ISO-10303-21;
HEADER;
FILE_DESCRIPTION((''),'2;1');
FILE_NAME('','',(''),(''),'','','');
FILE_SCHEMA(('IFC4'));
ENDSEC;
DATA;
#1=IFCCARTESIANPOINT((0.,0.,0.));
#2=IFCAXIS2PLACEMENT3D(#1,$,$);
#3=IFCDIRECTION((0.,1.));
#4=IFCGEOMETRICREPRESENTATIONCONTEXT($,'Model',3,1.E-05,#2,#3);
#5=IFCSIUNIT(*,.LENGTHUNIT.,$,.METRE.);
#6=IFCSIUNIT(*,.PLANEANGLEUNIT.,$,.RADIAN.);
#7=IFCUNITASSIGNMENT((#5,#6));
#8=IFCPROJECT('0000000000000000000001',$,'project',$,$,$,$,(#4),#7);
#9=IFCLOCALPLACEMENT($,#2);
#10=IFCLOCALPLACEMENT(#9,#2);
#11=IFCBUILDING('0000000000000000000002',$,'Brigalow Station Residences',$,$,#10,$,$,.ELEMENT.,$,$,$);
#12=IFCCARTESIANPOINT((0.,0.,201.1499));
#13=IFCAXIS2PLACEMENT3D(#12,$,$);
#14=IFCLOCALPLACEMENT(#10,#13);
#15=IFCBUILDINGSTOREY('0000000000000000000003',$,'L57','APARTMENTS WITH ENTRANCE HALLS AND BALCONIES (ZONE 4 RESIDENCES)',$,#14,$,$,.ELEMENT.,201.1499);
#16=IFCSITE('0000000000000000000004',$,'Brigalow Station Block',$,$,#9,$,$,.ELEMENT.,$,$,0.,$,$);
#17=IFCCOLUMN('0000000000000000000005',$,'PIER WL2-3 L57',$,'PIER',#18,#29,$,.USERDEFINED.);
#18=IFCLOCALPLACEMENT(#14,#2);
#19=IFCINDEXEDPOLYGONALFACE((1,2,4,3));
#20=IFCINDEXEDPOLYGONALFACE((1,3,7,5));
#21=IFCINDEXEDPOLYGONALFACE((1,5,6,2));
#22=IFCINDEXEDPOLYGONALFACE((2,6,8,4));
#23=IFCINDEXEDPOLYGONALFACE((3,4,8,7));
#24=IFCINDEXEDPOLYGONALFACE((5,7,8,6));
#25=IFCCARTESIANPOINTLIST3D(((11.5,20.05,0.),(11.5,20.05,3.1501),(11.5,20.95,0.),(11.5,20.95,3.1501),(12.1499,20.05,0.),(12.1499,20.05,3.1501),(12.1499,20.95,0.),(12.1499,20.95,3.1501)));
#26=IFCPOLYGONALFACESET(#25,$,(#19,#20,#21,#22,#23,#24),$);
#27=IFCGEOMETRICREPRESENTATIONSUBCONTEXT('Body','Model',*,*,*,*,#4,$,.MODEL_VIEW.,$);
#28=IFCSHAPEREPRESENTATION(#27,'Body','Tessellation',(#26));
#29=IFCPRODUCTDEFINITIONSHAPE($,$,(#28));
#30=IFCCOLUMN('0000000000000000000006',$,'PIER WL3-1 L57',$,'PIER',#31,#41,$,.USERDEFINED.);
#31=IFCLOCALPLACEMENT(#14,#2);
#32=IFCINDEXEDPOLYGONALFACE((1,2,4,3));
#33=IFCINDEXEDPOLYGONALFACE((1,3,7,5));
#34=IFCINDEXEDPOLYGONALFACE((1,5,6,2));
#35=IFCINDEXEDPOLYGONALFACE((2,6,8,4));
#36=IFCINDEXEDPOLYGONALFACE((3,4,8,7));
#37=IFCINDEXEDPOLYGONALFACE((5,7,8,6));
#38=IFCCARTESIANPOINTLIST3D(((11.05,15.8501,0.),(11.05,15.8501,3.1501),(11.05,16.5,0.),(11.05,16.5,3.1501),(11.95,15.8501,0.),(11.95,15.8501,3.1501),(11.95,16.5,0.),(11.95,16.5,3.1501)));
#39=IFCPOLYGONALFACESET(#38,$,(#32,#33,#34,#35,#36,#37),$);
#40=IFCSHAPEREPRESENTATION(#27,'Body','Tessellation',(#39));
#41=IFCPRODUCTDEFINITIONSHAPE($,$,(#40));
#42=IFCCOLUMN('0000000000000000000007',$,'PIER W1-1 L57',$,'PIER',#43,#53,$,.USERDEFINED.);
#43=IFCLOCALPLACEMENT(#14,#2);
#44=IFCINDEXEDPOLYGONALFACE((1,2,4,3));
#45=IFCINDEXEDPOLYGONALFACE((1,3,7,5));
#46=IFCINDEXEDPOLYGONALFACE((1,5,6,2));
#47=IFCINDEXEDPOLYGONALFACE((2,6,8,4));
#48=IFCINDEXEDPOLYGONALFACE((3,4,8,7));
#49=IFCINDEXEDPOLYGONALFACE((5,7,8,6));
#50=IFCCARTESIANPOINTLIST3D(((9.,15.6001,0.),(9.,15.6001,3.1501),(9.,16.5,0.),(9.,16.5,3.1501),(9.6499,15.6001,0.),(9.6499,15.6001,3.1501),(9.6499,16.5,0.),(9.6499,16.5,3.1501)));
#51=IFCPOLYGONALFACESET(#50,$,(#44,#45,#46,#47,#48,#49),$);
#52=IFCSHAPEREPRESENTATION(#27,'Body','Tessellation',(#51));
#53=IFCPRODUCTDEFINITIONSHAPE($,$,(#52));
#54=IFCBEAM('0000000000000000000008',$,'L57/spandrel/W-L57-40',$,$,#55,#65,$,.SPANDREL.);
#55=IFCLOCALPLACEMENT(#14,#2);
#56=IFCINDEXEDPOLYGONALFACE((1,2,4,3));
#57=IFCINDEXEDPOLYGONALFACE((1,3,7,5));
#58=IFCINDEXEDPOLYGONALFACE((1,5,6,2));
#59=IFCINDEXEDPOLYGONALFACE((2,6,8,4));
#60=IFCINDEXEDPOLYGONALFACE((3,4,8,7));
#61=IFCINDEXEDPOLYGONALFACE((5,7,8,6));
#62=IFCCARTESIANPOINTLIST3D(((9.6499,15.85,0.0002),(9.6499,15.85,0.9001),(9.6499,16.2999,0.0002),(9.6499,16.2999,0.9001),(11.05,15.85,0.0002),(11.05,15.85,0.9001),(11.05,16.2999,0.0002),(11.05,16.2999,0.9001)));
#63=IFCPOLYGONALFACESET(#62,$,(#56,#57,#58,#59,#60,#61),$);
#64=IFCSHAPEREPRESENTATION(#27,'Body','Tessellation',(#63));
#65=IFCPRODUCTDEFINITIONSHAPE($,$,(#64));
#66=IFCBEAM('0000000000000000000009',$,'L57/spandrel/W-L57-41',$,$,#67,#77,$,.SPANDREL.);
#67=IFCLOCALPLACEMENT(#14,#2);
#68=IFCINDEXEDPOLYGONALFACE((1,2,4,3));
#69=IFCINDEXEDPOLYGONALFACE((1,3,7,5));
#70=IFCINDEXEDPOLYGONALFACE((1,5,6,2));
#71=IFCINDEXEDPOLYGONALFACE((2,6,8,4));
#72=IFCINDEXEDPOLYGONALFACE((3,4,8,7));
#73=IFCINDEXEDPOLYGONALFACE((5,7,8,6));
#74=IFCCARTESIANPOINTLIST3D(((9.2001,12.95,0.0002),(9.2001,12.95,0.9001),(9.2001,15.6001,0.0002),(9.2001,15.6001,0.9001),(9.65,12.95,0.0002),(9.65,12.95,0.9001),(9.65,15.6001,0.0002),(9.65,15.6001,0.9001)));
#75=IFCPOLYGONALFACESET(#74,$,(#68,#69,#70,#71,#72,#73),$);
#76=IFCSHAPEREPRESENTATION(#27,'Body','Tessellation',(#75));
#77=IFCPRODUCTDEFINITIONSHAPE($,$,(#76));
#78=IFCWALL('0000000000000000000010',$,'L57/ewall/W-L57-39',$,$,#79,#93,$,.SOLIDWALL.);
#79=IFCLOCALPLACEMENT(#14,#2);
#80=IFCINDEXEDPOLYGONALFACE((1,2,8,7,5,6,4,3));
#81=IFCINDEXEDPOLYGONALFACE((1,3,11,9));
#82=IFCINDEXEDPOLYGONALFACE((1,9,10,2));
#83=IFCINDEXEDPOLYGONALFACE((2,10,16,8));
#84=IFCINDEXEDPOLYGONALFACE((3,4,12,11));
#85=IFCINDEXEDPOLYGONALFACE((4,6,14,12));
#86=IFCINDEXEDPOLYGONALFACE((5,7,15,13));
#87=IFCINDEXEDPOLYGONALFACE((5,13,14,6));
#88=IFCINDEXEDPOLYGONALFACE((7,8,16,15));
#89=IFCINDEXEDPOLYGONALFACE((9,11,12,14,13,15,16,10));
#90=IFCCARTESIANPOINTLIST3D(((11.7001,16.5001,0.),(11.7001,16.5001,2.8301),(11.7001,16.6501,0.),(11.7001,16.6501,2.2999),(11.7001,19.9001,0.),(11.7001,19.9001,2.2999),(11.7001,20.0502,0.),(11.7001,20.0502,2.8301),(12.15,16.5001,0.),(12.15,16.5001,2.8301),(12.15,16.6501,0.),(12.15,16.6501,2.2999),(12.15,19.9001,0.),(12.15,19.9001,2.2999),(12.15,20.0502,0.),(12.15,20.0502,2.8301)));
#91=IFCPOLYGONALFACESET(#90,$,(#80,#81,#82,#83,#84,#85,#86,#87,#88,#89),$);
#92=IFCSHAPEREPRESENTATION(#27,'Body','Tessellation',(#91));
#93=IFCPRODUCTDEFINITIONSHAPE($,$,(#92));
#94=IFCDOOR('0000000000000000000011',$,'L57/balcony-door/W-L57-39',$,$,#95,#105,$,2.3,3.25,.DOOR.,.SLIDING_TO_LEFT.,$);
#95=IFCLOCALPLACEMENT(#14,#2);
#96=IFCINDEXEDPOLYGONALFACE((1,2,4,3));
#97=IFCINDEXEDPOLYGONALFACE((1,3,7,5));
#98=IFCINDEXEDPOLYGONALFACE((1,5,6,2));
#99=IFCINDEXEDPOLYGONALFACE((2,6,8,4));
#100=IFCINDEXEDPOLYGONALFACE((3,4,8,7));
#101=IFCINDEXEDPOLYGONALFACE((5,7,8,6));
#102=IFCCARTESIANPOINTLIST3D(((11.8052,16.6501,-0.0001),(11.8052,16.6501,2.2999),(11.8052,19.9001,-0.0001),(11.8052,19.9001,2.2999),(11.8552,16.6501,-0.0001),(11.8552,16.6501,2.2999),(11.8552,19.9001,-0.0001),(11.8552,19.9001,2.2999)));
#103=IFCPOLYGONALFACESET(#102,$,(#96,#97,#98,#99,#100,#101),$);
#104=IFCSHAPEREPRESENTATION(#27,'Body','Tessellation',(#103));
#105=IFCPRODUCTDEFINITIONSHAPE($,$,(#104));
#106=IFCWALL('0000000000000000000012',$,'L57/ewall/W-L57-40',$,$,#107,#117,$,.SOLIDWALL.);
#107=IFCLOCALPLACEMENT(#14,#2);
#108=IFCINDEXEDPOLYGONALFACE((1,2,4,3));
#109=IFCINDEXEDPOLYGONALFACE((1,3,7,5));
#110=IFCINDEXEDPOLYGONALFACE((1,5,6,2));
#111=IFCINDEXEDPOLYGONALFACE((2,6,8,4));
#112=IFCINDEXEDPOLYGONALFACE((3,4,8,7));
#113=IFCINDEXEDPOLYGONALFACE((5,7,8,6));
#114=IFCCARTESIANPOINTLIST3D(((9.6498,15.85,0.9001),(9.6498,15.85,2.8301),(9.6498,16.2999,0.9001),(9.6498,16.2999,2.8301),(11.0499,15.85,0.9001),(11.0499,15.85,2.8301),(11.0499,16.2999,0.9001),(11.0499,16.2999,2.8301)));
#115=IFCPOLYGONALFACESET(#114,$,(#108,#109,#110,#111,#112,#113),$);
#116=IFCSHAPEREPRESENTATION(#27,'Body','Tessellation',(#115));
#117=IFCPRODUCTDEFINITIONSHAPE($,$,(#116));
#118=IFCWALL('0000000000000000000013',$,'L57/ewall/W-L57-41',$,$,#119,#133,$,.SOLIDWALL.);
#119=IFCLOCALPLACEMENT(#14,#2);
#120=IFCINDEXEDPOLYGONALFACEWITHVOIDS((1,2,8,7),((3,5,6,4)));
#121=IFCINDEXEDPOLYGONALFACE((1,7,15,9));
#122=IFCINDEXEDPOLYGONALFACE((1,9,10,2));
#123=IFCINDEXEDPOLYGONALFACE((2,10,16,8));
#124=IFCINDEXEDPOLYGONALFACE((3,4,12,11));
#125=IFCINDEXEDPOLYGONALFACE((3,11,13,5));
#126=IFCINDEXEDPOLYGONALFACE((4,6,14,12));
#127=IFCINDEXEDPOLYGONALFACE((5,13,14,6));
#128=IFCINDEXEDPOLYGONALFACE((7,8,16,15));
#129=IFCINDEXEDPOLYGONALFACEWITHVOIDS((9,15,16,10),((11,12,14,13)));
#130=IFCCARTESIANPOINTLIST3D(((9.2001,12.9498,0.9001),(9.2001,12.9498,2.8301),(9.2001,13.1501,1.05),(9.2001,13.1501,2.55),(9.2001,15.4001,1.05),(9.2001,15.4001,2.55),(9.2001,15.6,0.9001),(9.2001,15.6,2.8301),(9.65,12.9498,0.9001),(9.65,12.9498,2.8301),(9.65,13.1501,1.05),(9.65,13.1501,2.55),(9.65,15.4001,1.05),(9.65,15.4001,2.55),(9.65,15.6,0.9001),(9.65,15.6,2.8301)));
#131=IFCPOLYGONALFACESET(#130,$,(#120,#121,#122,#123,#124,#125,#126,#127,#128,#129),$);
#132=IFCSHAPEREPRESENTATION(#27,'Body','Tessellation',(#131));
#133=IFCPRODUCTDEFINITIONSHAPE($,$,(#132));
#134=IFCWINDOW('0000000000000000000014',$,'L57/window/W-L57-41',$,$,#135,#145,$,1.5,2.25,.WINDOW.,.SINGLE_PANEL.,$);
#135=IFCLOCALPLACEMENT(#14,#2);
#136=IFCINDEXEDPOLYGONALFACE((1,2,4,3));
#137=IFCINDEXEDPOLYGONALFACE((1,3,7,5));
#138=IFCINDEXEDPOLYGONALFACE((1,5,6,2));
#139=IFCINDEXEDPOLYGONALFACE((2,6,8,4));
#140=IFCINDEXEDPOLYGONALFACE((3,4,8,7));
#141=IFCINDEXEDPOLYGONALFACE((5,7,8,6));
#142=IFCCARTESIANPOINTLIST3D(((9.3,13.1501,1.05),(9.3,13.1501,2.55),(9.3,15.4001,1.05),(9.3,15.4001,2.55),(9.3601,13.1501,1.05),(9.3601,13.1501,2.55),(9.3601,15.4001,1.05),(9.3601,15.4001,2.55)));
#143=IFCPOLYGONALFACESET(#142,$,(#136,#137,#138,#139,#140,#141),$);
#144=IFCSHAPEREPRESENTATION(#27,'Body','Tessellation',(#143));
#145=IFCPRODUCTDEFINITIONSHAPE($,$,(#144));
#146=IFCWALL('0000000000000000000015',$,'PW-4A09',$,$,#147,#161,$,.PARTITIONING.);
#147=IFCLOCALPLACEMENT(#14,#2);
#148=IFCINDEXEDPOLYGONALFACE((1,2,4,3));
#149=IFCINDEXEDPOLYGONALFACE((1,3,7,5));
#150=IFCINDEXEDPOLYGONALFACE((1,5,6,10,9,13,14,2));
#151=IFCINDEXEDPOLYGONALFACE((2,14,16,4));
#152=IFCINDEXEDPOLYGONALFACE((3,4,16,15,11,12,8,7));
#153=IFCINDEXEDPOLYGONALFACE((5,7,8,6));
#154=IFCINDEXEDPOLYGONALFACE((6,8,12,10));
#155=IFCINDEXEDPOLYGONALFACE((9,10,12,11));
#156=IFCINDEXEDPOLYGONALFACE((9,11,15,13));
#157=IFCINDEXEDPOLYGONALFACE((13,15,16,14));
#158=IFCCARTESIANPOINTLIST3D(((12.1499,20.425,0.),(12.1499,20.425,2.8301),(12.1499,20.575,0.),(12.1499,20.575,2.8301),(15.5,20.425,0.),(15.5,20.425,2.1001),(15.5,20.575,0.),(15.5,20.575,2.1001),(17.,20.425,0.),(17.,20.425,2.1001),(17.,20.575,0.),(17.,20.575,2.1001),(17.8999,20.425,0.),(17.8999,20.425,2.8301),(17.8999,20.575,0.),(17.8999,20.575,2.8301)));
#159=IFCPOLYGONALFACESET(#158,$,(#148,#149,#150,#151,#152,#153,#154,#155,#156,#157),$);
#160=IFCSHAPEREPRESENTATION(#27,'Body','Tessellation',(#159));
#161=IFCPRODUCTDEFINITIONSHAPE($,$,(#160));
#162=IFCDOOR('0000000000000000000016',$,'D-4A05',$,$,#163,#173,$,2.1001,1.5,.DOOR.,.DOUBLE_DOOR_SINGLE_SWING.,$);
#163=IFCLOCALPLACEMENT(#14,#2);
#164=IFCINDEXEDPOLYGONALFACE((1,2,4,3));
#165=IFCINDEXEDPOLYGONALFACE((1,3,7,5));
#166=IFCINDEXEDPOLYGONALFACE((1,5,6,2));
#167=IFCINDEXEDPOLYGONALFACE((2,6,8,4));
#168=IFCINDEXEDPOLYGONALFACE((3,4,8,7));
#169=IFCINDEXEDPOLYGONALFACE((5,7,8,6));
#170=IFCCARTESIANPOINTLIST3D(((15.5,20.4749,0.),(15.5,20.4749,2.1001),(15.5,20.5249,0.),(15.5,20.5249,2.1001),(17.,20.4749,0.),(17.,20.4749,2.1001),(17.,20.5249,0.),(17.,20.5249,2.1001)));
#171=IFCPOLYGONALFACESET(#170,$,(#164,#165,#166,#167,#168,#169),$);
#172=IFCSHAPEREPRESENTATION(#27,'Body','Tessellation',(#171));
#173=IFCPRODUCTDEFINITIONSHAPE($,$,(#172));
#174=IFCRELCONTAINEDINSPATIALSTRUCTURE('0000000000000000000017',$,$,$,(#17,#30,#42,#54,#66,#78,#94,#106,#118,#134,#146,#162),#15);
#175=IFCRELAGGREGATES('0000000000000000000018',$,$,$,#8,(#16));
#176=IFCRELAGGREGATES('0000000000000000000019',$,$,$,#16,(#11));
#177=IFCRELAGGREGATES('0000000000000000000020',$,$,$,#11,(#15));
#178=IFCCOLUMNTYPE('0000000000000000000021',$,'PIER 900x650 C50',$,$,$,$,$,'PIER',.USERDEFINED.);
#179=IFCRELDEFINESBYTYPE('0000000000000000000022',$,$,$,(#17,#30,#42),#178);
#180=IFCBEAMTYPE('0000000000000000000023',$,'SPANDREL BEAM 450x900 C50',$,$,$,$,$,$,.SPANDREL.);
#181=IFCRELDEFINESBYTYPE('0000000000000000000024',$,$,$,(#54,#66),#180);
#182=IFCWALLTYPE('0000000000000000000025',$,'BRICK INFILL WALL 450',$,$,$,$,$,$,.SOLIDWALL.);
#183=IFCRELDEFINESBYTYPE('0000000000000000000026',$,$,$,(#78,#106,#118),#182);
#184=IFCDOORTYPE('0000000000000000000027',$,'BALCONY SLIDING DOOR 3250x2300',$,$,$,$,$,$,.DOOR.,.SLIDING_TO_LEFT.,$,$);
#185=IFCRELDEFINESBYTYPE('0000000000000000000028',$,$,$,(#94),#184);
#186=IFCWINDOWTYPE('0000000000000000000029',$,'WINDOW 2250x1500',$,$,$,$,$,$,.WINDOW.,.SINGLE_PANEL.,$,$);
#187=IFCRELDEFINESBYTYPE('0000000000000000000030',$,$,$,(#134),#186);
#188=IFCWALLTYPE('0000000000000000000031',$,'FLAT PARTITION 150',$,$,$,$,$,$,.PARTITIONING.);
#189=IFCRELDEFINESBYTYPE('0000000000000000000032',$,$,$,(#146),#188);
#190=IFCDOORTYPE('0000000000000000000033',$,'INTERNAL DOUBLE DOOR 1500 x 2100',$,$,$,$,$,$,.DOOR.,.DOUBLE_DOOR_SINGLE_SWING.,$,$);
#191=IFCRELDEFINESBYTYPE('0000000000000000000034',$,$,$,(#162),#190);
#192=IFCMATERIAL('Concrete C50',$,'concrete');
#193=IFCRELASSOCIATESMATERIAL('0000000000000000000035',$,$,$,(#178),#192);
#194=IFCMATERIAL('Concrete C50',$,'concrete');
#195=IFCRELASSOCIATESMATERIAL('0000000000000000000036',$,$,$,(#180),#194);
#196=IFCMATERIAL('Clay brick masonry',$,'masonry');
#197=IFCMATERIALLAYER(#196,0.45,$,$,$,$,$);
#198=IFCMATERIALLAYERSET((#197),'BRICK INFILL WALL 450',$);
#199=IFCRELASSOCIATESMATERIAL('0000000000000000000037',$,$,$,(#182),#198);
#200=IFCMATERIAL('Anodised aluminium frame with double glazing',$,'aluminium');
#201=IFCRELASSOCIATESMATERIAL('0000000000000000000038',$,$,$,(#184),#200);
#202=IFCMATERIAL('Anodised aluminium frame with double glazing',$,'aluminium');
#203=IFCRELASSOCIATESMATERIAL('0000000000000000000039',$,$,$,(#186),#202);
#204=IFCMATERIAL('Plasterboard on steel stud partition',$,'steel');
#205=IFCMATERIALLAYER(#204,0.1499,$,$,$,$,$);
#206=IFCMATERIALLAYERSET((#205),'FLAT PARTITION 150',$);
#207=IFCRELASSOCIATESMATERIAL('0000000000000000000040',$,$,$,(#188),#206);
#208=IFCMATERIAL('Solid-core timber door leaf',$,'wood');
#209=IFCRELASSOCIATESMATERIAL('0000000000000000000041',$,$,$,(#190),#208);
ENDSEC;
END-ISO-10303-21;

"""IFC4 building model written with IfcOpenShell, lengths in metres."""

from ifc_helpers import new_model, si_unit, direction, frame, frame_2d, origin, origin_2d, place, context, subcontext, project, spatial, rectangle, extrude, material, layer, layer_set, material_profile, profile_set, type_object, element, fill, save


model = new_model("IFC4")

# Units and contexts
model_context = context("Model", 3, precision=1e-05, world=origin(), true_north=direction((0.0, 1.0)))
body_context = subcontext(model_context, "Body", "Model", "MODEL_VIEW")
ifc_project = project(units=[si_unit("LENGTHUNIT", "METRE"), si_unit("PLANEANGLEUNIT", "RADIAN")], contexts=[model_context])

# Site, building, storey
site_placement = place(None, origin())
site = spatial("IfcSite", under=ifc_project, at=site_placement, Name="Brigalow Station Block", CompositionType="ELEMENT", RefElevation=0.0)
building_placement = place(site_placement, origin())
building = spatial("IfcBuilding", under=site, at=building_placement, Name="Brigalow Station Residences", CompositionType="ELEMENT")
storey_placement = place(building_placement, frame((0.0, 0.0, 201.1499)))
storey = spatial("IfcBuildingStorey", under=building, at=storey_placement, Name="L57", Description="APARTMENTS WITH ENTRANCE HALLS AND BALCONIES (ZONE 4 RESIDENCES)", CompositionType="ELEMENT", Elevation=201.1499)

# Columns
ifc_material_1 = material(Name="Concrete C50", Category="concrete")
ifc_material_profile_1 = material_profile(ifc_material_1, rectangle(XDim=0.8999, YDim=0.6499, at=origin_2d()), Name="RC900x650")
ifc_profile_set_1 = profile_set([ifc_material_profile_1], Name="Concrete C50")
column_type = type_object("IfcColumnType", Name="PIER 900x650 C50", ElementType="PIER", PredefinedType="USERDEFINED", material=ifc_profile_set_1)
for number, where, z_axis, x_axis, name in (
    (1, (11.825, 20.5, 0.0), (0.0, 0.0, 1.0), (0.0, -1.0, 0.0), "PIER WL2-3 L57"),
    (2, (11.5, 16.175, 0.0), (0.0, 0.0, 1.0), (-1.0, 0.0, 0.0), "PIER WL3-1 L57"),
    (3, (9.325, 16.05, 0.0), (0.0, 0.0, 1.0), (0.0, -1.0, 0.0), "PIER W1-1 L57"),
):
    element("IfcColumn", number, at=place(storey_placement, frame(where, z_axis=z_axis, x_axis=x_axis)), inside=storey, type_object=column_type, Name=name, ObjectType="PIER", PredefinedType="USERDEFINED", context=body_context, shape_type="SweptSolid", body=[
        extrude(rectangle(XDim=0.8999, YDim=0.6499, at=origin_2d()), origin(), (0.0, 0.0, 1.0), 3.1501),
    ])

# Beams
ifc_material_2 = material(Name="Concrete C50", Category="concrete")
ifc_material_profile_2 = material_profile(ifc_material_2, rectangle(XDim=0.45, YDim=0.8999, at=origin_2d()), Name="RC450x900")
ifc_profile_set_2 = profile_set([ifc_material_profile_2], Name="Concrete C50")
beam_type = type_object("IfcBeamType", Name="SPANDREL BEAM 450x900 C50", PredefinedType="SPANDREL", material=ifc_profile_set_2)
beam_1_placement = place(storey_placement, frame((11.05, 16.075, 0.4502), z_axis=(-1.0, 0.0, 0.0), x_axis=(0.0, -1.0, 0.0)))
element("IfcBeam", 4, at=beam_1_placement, inside=storey, type_object=beam_type, Name="L57/spandrel/W-L57-40", PredefinedType="SPANDREL", context=body_context, shape_type="SweptSolid", body=[
    extrude(rectangle(XDim=0.45, YDim=0.8999, at=origin_2d()), origin(), (0.0, 0.0, 1.0), 1.4001),
])
beam_2_placement = place(storey_placement, frame((9.425, 15.6001, 0.4502), z_axis=(0.0, -1.0, 0.0), x_axis=(1.0, 0.0, 0.0)))
element("IfcBeam", 5, at=beam_2_placement, inside=storey, type_object=beam_type, Name="L57/spandrel/W-L57-41", PredefinedType="SPANDREL", context=body_context, shape_type="SweptSolid", body=[
    extrude(rectangle(XDim=0.45, YDim=0.8999, at=origin_2d()), origin(), (0.0, 0.0, 1.0), 2.6501),
])

# Wall, opening, door
ifc_material_3 = material(Name="Clay brick masonry", Category="masonry")
ifc_layer_1 = layer(ifc_material_3, 0.45)
ifc_layer_set_1 = layer_set([ifc_layer_1], Name="BRICK INFILL WALL 450")
wall_type_1 = type_object("IfcWallType", Name="BRICK INFILL WALL 450", PredefinedType="SOLIDWALL", material=ifc_layer_set_1)
wall_1_placement = place(storey_placement, frame((11.925, 20.05, 0.0), z_axis=(0.0, 0.0, 1.0), x_axis=(0.0, -1.0, 0.0)))
wall_1 = element("IfcWall", 6, at=wall_1_placement, inside=storey, type_object=wall_type_1, Name="L57/ewall/W-L57-39", PredefinedType="SOLIDWALL", context=body_context, shape_type="SweptSolid", body=[
    extrude(rectangle(XDim=3.55, YDim=0.45, at=frame_2d((1.7749, 0.0))), origin(), (0.0, 0.0, 1.0), 2.8301),
])
opening_1_placement = place(wall_1_placement, frame((0.1499, 0.0, 0.0)))
opening_1 = element("IfcOpeningElement", 7, at=opening_1_placement, cuts=wall_1, PredefinedType="OPENING", context=body_context, shape_type="SweptSolid", body=[
    extrude(rectangle(XDim=3.25, YDim=2.3, at=frame_2d((1.625, 1.1499))), frame((0.0, 0.2349, 0.0), z_axis=(0.0, -1.0, 0.0), x_axis=(1.0, 0.0, 0.0)), (0.0, 0.0, 1.0), 0.47),
])
ifc_material_4 = material(Name="Anodised aluminium frame with double glazing", Category="aluminium")
door_type_1 = type_object("IfcDoorType", Name="BALCONY SLIDING DOOR 3250x2300", OperationType="SLIDING_TO_LEFT", PredefinedType="DOOR", material=ifc_material_4)
door_1_placement = place(opening_1_placement, origin())
door_1 = element("IfcDoor", 8, at=door_1_placement, inside=storey, type_object=door_type_1, Name="L57/balcony-door/W-L57-39", OperationType="SLIDING_TO_LEFT", OverallHeight=2.3, OverallWidth=3.25, PredefinedType="DOOR", context=body_context, shape_type="SweptSolid", body=[
    extrude(rectangle(XDim=3.25, YDim=2.3, at=frame_2d((1.625, 1.1499))), frame((0.0, -0.0698, 0.0), z_axis=(0.0, -1.0, 0.0), x_axis=(1.0, 0.0, 0.0)), (0.0, 0.0, 1.0), 0.05),
])
fill(opening_1, door_1)

# Wall
wall_2_placement = place(storey_placement, frame((11.05, 16.075, 0.9001), z_axis=(0.0, 0.0, 1.0), x_axis=(-1.0, 0.0, 0.0)))
element("IfcWall", 9, at=wall_2_placement, inside=storey, type_object=wall_type_1, Name="L57/ewall/W-L57-40", PredefinedType="SOLIDWALL", context=body_context, shape_type="SweptSolid", body=[
    extrude(rectangle(XDim=1.4001, YDim=0.45, at=frame_2d((0.7002, 0.0))), origin(), (0.0, 0.0, 1.0), 1.9299),
])

# Wall, opening, window
wall_3_placement = place(storey_placement, frame((9.425, 15.6001, 0.9001), z_axis=(0.0, 0.0, 1.0), x_axis=(0.0, -1.0, 0.0)))
wall_3 = element("IfcWall", 10, at=wall_3_placement, inside=storey, type_object=wall_type_1, Name="L57/ewall/W-L57-41", PredefinedType="SOLIDWALL", context=body_context, shape_type="SweptSolid", body=[
    extrude(rectangle(XDim=2.6501, YDim=0.45, at=frame_2d((1.3252, 0.0))), origin(), (0.0, 0.0, 1.0), 1.9299),
])
opening_2_placement = place(wall_3_placement, frame((0.2, 0.0, 0.1499)))
opening_2 = element("IfcOpeningElement", 11, at=opening_2_placement, cuts=wall_3, PredefinedType="OPENING", context=body_context, shape_type="SweptSolid", body=[
    extrude(rectangle(XDim=2.25, YDim=1.5, at=frame_2d((1.125, 0.75))), frame((0.0, 0.2349, 0.0), z_axis=(0.0, -1.0, 0.0), x_axis=(1.0, 0.0, 0.0)), (0.0, 0.0, 1.0), 0.47),
])
ifc_material_5 = material(Name="Anodised aluminium frame with double glazing", Category="aluminium")
window_type = type_object("IfcWindowType", Name="WINDOW 2250x1500", PartitioningType="SINGLE_PANEL", PredefinedType="WINDOW", material=ifc_material_5)
window_placement = place(opening_2_placement, origin())
window = element("IfcWindow", 12, at=window_placement, inside=storey, type_object=window_type, Name="L57/window/W-L57-41", OverallHeight=1.5, OverallWidth=2.25, PartitioningType="SINGLE_PANEL", PredefinedType="WINDOW", context=body_context, shape_type="SweptSolid", body=[
    extrude(rectangle(XDim=2.25, YDim=1.5, at=frame_2d((1.125, 0.75))), frame((0.0, -0.0649, 0.0), z_axis=(0.0, -1.0, 0.0), x_axis=(1.0, 0.0, 0.0)), (0.0, 0.0, 1.0), 0.0601),
])
fill(opening_2, window)

# Wall, opening, door
ifc_material_6 = material(Name="Plasterboard on steel stud partition", Category="steel")
ifc_layer_2 = layer(ifc_material_6, 0.1499)
ifc_layer_set_2 = layer_set([ifc_layer_2], Name="FLAT PARTITION 150")
wall_type_2 = type_object("IfcWallType", Name="FLAT PARTITION 150", PredefinedType="PARTITIONING", material=ifc_layer_set_2)
wall_4_placement = place(storey_placement, frame((12.1499, 20.5, 0.0), z_axis=(0.0, 0.0, 1.0), x_axis=(1.0, 0.0, 0.0)))
wall_4 = element("IfcWall", 13, at=wall_4_placement, inside=storey, type_object=wall_type_2, Name="PW-4A09", PredefinedType="PARTITIONING", context=body_context, shape_type="SweptSolid", body=[
    extrude(rectangle(XDim=5.75, YDim=0.1499, at=frame_2d((2.875, 0.0))), origin(), (0.0, 0.0, 1.0), 2.8301),
])
opening_3_placement = place(wall_4_placement, frame((3.3501, 0.0, 0.0)))
opening_3 = element("IfcOpeningElement", 14, at=opening_3_placement, cuts=wall_4, PredefinedType="OPENING", context=body_context, shape_type="SweptSolid", body=[
    extrude(rectangle(XDim=1.5, YDim=2.1001, at=frame_2d((0.75, 1.05))), frame((0.0, 0.085, 0.0), z_axis=(0.0, -1.0, 0.0), x_axis=(1.0, 0.0, 0.0)), (0.0, 0.0, 1.0), 0.1699),
])
ifc_material_7 = material(Name="Solid-core timber door leaf", Category="wood")
door_type_2 = type_object("IfcDoorType", Name="INTERNAL DOUBLE DOOR 1500 x 2100", OperationType="DOUBLE_DOOR_SINGLE_SWING", PredefinedType="DOOR", material=ifc_material_7)
door_2_placement = place(opening_3_placement, origin())
door_2 = element("IfcDoor", 15, at=door_2_placement, inside=storey, type_object=door_type_2, Name="D-4A05", OperationType="DOUBLE_DOOR_SINGLE_SWING", OverallHeight=2.1001, OverallWidth=1.5, PredefinedType="DOOR", context=body_context, shape_type="SweptSolid", body=[
    extrude(rectangle(XDim=1.5, YDim=2.1001, at=frame_2d((0.75, 1.05))), frame((0.0, 0.0249, 0.0), z_axis=(0.0, -1.0, 0.0), x_axis=(1.0, 0.0, 0.0)), (0.0, 0.0, 1.0), 0.05),
])
fill(opening_3, door_2)

save(model, "model.ifc")
